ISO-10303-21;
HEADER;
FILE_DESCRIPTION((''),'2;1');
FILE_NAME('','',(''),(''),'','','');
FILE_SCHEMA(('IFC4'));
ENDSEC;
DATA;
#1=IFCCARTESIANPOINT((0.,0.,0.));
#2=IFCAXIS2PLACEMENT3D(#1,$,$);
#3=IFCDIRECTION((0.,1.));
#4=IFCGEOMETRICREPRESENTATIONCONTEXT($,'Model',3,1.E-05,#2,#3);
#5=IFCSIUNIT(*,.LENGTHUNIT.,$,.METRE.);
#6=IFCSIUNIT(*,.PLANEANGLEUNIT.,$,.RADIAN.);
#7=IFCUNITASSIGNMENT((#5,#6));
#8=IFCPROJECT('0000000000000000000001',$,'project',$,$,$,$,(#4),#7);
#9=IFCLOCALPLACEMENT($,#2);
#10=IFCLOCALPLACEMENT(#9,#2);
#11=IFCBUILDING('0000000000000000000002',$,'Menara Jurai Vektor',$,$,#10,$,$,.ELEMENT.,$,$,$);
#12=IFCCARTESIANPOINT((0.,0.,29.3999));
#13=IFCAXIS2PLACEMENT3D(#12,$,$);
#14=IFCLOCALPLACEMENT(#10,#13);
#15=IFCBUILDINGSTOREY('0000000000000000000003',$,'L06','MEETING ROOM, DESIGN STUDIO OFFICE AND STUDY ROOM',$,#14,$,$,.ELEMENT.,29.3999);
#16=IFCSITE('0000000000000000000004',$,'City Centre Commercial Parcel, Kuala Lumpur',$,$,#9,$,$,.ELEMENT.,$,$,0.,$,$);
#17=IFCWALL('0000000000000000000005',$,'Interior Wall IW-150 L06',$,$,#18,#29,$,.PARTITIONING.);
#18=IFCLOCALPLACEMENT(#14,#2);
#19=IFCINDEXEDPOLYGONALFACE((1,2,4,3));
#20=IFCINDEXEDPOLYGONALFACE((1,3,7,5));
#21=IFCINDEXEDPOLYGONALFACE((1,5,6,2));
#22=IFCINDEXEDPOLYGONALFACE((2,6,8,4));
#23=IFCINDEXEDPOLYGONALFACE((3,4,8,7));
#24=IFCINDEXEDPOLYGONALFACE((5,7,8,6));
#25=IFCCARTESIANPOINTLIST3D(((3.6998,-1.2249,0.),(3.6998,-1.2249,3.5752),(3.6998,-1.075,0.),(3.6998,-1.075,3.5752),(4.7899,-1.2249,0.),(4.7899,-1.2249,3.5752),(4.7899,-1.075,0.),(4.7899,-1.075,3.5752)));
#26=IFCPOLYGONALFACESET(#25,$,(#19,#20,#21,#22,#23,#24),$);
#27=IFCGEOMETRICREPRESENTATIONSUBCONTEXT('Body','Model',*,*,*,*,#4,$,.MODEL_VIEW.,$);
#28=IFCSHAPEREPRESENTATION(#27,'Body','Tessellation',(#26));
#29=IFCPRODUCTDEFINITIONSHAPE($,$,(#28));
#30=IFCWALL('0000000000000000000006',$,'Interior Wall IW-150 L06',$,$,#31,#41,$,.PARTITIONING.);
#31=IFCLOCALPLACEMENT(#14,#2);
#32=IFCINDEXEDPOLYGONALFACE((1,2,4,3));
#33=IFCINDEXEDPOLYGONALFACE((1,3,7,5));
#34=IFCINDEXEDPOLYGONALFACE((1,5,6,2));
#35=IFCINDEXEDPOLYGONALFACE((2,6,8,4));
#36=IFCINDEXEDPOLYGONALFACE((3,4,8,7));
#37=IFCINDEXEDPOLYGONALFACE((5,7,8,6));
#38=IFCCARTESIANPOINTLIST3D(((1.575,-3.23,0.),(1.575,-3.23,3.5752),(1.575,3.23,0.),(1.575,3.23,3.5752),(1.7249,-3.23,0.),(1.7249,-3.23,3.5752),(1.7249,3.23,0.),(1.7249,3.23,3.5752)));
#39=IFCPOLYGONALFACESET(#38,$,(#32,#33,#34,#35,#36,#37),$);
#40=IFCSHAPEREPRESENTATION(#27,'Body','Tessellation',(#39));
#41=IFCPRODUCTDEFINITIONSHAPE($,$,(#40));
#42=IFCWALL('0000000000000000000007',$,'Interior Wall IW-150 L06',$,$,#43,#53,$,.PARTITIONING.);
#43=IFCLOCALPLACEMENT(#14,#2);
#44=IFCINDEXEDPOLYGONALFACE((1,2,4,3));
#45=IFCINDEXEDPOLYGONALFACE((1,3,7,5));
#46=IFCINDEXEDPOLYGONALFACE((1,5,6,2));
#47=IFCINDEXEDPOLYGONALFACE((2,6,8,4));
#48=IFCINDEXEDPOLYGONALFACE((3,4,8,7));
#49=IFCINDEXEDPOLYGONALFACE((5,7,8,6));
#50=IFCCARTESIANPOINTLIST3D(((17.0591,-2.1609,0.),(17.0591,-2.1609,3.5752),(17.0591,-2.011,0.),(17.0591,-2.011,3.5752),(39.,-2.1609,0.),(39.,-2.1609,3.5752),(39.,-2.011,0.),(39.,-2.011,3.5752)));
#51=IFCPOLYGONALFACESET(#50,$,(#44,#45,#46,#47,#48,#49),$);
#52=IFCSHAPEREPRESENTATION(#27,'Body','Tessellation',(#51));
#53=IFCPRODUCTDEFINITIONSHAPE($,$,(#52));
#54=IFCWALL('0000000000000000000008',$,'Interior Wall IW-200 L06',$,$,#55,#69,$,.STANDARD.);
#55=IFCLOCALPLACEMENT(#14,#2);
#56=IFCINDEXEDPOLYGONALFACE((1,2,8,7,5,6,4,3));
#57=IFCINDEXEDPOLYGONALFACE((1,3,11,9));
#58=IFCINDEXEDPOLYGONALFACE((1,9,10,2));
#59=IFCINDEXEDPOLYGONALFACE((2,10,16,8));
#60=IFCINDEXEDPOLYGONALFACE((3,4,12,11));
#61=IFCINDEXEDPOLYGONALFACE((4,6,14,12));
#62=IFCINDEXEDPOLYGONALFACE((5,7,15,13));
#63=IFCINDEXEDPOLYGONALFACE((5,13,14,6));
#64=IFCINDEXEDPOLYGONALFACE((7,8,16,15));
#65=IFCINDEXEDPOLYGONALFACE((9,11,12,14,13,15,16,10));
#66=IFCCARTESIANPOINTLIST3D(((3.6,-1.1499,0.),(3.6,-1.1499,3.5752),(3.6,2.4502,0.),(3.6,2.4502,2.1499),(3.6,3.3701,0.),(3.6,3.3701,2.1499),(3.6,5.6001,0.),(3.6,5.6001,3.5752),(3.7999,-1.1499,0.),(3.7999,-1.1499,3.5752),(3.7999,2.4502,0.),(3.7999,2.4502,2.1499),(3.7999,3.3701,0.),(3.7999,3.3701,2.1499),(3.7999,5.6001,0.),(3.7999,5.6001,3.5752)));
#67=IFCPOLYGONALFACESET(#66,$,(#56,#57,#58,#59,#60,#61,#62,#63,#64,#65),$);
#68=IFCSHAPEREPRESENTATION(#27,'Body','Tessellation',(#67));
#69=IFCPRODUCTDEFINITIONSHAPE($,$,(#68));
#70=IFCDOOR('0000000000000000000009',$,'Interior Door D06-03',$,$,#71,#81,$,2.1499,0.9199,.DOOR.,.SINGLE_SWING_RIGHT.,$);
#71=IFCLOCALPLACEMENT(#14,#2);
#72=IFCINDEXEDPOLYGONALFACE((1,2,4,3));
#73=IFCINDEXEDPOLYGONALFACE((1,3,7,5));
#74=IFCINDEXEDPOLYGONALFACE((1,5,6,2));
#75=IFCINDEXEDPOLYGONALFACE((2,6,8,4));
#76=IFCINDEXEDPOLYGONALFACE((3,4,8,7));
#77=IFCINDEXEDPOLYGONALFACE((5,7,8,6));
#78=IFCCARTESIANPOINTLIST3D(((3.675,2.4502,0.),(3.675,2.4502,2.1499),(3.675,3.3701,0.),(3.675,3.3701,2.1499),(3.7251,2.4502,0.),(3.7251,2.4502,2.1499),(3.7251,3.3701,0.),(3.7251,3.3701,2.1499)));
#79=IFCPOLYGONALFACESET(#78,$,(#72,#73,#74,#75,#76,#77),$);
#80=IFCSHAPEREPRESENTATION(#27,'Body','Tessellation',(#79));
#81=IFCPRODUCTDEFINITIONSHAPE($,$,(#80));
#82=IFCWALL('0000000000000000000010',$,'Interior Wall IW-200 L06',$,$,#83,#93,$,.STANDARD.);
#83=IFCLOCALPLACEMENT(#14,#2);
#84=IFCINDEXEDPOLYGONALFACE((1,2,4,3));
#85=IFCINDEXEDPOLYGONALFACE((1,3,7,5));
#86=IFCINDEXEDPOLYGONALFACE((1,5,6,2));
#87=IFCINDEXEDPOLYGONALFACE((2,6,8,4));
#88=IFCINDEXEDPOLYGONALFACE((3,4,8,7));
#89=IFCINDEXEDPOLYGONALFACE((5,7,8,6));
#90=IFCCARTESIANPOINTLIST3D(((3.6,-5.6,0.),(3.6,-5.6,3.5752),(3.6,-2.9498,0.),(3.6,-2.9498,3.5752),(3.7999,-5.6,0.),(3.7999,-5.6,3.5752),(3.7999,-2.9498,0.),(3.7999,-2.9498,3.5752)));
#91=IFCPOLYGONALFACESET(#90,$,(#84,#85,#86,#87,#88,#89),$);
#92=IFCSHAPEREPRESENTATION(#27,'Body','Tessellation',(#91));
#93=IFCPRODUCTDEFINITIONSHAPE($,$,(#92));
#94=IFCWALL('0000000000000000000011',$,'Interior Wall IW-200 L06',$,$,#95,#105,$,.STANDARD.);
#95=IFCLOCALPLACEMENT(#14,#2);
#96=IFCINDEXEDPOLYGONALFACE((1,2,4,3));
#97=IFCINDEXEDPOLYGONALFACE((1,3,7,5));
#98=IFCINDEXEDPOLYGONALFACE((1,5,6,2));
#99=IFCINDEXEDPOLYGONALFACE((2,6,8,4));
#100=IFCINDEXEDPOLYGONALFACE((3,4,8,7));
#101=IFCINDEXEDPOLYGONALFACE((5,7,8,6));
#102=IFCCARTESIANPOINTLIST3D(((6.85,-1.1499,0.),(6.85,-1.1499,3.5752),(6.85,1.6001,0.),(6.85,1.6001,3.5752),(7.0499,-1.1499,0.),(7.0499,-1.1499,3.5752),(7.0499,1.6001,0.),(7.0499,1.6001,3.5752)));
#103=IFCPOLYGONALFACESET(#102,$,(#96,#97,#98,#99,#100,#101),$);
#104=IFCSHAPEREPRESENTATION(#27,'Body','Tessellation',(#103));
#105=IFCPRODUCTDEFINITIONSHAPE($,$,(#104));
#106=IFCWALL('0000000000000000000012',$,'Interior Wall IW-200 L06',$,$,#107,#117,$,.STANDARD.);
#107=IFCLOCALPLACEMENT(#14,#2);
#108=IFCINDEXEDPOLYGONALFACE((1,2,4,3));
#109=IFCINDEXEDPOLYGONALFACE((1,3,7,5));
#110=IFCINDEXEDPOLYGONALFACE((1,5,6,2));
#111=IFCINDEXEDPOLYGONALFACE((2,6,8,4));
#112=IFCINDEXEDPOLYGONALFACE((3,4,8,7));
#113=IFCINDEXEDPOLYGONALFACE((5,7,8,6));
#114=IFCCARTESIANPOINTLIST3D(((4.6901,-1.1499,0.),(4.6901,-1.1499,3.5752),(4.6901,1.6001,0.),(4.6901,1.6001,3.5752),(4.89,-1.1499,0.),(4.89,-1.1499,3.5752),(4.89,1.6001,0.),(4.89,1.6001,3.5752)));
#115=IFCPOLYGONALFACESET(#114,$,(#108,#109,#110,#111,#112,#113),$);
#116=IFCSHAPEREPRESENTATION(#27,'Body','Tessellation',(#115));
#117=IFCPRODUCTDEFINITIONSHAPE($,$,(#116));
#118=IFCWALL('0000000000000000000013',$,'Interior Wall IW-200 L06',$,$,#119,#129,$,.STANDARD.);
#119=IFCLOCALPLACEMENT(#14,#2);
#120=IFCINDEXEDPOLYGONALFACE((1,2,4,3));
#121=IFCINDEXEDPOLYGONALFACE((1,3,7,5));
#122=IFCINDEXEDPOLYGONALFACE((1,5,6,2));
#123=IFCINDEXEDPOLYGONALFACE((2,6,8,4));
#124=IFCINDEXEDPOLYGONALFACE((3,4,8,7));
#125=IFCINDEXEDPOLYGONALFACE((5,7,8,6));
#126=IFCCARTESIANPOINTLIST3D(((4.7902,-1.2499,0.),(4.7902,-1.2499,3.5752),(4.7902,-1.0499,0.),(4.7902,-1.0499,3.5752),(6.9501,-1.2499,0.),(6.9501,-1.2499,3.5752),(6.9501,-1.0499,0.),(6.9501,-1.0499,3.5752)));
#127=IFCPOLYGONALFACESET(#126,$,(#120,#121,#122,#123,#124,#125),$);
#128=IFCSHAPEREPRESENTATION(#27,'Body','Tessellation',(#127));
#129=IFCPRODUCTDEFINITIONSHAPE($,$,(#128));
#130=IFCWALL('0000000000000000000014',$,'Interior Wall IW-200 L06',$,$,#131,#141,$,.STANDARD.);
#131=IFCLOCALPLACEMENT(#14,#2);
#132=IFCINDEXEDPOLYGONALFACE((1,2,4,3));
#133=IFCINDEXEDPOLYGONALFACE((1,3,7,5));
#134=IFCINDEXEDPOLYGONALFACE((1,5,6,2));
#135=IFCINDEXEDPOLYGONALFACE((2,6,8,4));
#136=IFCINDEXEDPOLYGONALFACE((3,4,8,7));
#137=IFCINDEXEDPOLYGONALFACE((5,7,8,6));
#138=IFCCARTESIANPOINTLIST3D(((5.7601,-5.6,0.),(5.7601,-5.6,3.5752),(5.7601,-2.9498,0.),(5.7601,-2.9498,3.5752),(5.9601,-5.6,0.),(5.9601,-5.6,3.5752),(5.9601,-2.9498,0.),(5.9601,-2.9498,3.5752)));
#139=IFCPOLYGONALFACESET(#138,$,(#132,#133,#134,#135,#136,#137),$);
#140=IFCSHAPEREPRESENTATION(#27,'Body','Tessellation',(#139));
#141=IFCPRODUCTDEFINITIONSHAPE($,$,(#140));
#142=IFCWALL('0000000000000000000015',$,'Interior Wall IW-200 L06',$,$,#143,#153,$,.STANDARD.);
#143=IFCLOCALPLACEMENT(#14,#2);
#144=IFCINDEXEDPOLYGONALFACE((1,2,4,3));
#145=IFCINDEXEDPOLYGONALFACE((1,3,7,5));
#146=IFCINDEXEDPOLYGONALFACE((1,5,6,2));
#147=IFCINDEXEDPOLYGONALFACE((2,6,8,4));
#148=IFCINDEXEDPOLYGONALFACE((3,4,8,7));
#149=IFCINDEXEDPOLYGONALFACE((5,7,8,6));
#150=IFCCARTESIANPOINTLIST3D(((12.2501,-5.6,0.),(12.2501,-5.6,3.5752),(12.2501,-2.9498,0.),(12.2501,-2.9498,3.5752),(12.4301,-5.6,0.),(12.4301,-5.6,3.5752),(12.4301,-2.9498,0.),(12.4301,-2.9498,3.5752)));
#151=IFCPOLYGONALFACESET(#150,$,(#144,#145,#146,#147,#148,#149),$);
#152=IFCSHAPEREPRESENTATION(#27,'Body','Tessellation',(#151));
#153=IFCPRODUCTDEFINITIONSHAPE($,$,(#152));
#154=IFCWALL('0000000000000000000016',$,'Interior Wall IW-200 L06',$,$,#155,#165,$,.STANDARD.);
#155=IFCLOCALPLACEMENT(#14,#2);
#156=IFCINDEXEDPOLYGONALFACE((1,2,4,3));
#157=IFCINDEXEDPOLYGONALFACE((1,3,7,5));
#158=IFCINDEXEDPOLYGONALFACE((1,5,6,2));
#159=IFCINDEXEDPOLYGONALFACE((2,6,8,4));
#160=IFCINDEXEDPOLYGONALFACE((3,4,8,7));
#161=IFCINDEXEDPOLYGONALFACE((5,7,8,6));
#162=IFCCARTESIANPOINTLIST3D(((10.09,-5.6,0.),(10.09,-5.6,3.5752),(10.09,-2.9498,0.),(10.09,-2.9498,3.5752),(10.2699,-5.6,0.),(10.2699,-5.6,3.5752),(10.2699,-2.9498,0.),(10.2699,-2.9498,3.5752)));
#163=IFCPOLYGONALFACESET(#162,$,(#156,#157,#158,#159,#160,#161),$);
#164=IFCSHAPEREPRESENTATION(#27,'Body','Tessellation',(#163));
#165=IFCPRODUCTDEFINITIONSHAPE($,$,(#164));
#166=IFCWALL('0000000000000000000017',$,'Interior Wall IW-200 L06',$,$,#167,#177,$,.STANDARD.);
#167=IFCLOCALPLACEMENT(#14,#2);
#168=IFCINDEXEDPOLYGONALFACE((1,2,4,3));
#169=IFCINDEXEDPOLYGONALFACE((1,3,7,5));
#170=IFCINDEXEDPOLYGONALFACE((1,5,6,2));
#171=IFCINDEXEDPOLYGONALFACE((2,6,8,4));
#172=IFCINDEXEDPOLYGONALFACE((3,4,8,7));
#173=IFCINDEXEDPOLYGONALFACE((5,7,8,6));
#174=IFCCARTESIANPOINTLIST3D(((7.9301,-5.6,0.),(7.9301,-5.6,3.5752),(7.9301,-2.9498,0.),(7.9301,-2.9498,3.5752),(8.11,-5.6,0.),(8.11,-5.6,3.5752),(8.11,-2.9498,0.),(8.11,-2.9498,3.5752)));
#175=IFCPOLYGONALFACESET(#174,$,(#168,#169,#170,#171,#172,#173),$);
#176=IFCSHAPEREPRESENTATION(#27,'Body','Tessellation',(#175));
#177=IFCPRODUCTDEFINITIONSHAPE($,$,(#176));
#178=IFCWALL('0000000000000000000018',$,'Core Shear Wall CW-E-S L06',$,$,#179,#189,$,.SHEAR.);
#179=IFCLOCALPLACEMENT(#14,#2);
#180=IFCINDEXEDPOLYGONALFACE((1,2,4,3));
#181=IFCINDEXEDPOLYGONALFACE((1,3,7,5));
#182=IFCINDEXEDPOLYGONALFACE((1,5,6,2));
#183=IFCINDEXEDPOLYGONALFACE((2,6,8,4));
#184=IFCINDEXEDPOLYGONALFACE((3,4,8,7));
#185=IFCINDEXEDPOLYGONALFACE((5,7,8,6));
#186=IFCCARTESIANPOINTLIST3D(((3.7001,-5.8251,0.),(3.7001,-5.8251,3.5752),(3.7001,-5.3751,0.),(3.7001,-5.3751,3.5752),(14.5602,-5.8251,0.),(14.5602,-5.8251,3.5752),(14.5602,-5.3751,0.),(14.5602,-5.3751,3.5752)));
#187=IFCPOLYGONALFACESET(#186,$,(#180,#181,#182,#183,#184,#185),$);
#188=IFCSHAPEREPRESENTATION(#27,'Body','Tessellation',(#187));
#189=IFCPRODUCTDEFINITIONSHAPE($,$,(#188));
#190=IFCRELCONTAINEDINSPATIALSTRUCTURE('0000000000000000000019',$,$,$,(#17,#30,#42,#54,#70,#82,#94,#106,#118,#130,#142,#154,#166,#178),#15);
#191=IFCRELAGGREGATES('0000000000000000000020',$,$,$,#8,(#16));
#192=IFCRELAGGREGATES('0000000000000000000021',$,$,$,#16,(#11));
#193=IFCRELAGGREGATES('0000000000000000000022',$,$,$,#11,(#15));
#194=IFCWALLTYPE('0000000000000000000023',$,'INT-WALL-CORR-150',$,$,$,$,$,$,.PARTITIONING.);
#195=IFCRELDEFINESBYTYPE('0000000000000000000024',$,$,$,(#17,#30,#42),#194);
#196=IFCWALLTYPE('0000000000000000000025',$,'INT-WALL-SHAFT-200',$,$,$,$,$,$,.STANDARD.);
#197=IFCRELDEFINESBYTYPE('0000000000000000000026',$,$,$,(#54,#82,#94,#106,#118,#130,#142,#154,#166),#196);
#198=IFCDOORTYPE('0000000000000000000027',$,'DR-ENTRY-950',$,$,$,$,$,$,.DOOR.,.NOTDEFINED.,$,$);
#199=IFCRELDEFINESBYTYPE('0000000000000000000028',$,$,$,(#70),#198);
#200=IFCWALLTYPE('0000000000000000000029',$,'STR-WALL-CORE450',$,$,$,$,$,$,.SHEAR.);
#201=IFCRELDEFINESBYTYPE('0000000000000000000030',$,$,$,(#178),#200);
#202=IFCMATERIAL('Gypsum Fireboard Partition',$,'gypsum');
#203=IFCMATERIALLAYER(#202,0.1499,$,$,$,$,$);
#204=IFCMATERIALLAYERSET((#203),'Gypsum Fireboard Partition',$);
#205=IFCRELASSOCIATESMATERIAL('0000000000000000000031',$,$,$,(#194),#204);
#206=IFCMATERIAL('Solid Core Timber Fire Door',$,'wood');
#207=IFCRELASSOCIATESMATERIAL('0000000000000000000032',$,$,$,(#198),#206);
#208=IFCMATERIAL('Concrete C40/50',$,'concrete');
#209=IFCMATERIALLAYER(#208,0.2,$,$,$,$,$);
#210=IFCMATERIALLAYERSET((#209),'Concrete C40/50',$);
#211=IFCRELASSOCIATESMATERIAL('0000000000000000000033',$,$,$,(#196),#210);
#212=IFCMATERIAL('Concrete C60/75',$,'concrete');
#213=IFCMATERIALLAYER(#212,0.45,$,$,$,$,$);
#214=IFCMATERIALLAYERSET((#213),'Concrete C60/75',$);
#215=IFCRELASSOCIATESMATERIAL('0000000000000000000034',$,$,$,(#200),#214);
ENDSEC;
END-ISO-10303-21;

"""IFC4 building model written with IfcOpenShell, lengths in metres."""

from ifc_helpers import new_model, si_unit, direction, frame, frame_2d, origin, place, context, subcontext, project, spatial, rectangle, extrude, material, layer, layer_set, type_object, element, fill, save


model = new_model("IFC4")

# Units and contexts
model_context = context("Model", 3, precision=1e-05, world=origin(), true_north=direction((0.0, 1.0)))
body_context = subcontext(model_context, "Body", "Model", "MODEL_VIEW")
ifc_project = project(units=[si_unit("LENGTHUNIT", "METRE"), si_unit("PLANEANGLEUNIT", "RADIAN")], contexts=[model_context])

# Site, building, storey
site_placement = place(None, origin())
site = spatial("IfcSite", under=ifc_project, at=site_placement, Name="City Centre Commercial Parcel, Kuala Lumpur", CompositionType="ELEMENT", RefElevation=0.0)
building_placement = place(site_placement, origin())
building = spatial("IfcBuilding", under=site, at=building_placement, Name="Menara Jurai Vektor", CompositionType="ELEMENT")
storey_placement = place(building_placement, frame((0.0, 0.0, 29.3999)))
storey = spatial("IfcBuildingStorey", under=building, at=storey_placement, Name="L06", Description="MEETING ROOM, DESIGN STUDIO OFFICE AND STUDY ROOM", CompositionType="ELEMENT", Elevation=29.3999)

# Shared definitions
ifc_material_1 = material(Name="Concrete C60/75", Category="concrete")

# Shared definitions
ifc_material_2 = material(Name="Concrete C40/50", Category="concrete")

# Shared definitions
ifc_material_3 = material(Name="Gypsum Fireboard Partition", Category="gypsum")
ifc_layer_1 = layer(ifc_material_3, 0.1499)
ifc_layer_set_1 = layer_set([ifc_layer_1], Name="Gypsum Fireboard Partition")
wall_type_1 = type_object("IfcWallType", Name="INT-WALL-CORR-150", PredefinedType="PARTITIONING", material=ifc_layer_set_1)

# Walls
wall_1_placement = place(storey_placement, frame((3.7, -1.1499, 0.0), z_axis=(0.0, 0.0, 1.0), x_axis=(1.0, 0.0, 0.0)))
element("IfcWall", 1, at=wall_1_placement, inside=storey, type_object=wall_type_1, Name="Interior Wall IW-150 L06", PredefinedType="PARTITIONING", context=body_context, shape_type="SweptSolid", body=[
    extrude(rectangle(XDim=1.0901, YDim=0.1499, at=frame_2d((0.5449, 0.0))), origin(), (0.0, 0.0, 1.0), 3.5752),
])
wall_2_placement = place(storey_placement, frame((1.6499, -3.23, 0.0), z_axis=(0.0, 0.0, 1.0), x_axis=(0.0, 1.0, 0.0)))
element("IfcWall", 2, at=wall_2_placement, inside=storey, type_object=wall_type_1, Name="Interior Wall IW-150 L06", PredefinedType="PARTITIONING", context=body_context, shape_type="SweptSolid", body=[
    extrude(rectangle(XDim=6.46, YDim=0.1499, at=frame_2d((3.23, 0.0))), origin(), (0.0, 0.0, 1.0), 3.5752),
])

# Shared definitions
ifc_material_4 = material(Name="Solid Core Timber Fire Door", Category="wood")
door_type_1 = type_object("IfcDoorType", Name="DR-ENTRY-950", OperationType="NOTDEFINED", PredefinedType="DOOR", material=ifc_material_4)

# Wall
wall_3_placement = place(storey_placement, frame((17.0591, -2.0859, 0.0), z_axis=(0.0, 0.0, 1.0), x_axis=(1.0, 0.0, 0.0)))
element("IfcWall", 3, at=wall_3_placement, inside=storey, type_object=wall_type_1, Name="Interior Wall IW-150 L06", PredefinedType="PARTITIONING", context=body_context, shape_type="SweptSolid", body=[
    extrude(rectangle(XDim=21.9409, YDim=0.1499, at=frame_2d((10.9705, 0.0))), origin(), (0.0, 0.0, 1.0), 3.5752),
])

# Wall, opening, door
ifc_layer_2 = layer(ifc_material_2, 0.2)
ifc_layer_set_2 = layer_set([ifc_layer_2], Name="Concrete C40/50")
wall_type_2 = type_object("IfcWallType", Name="INT-WALL-SHAFT-200", PredefinedType="STANDARD", material=ifc_layer_set_2)
wall_4_placement = place(storey_placement, frame((3.7, -1.1499, 0.0), z_axis=(0.0, 0.0, 1.0), x_axis=(0.0, 1.0, 0.0)))
wall_4 = element("IfcWall", 4, at=wall_4_placement, inside=storey, type_object=wall_type_2, Name="Interior Wall IW-200 L06", PredefinedType="STANDARD", context=body_context, shape_type="SweptSolid", body=[
    extrude(rectangle(XDim=6.75, YDim=0.2, at=frame_2d((3.375, 0.0))), origin(), (0.0, 0.0, 1.0), 3.5752),
])
opening_1_placement = place(wall_4_placement, frame((3.6001, 0.0, 0.0)))
opening_1 = element("IfcOpeningElement", 5, at=opening_1_placement, cuts=wall_4, PredefinedType="OPENING", context=body_context, shape_type="SweptSolid", body=[
    extrude(rectangle(XDim=0.9199, YDim=2.1499, at=frame_2d((0.46, 1.075))), frame((0.0, 0.1099, 0.0), z_axis=(0.0, -1.0, 0.0), x_axis=(1.0, 0.0, 0.0)), (0.0, 0.0, 1.0), 0.22),
])
door_1_placement = place(opening_1_placement, origin())
door_1 = element("IfcDoor", 6, at=door_1_placement, inside=storey, type_object=door_type_1, Name="Interior Door D06-03", OperationType="SINGLE_SWING_RIGHT", OverallHeight=2.1499, OverallWidth=0.9199, PredefinedType="DOOR", context=body_context, shape_type="SweptSolid", body=[
    extrude(rectangle(XDim=0.9199, YDim=2.1499, at=frame_2d((0.46, 1.075))), frame((0.0, 0.0249, 0.0), z_axis=(0.0, -1.0, 0.0), x_axis=(1.0, 0.0, 0.0)), (0.0, 0.0, 1.0), 0.05),
])
fill(opening_1, door_1)

# Walls
wall_5_placement = place(storey_placement, frame((3.7, -5.6001, 0.0), z_axis=(0.0, 0.0, 1.0), x_axis=(0.0, 1.0, 0.0)))
element("IfcWall", 7, at=wall_5_placement, inside=storey, type_object=wall_type_2, Name="Interior Wall IW-200 L06", PredefinedType="STANDARD", context=body_context, shape_type="SweptSolid", body=[
    extrude(rectangle(XDim=2.6501, YDim=0.2, at=frame_2d((1.3252, 0.0))), origin(), (0.0, 0.0, 1.0), 3.5752),
])
wall_6_placement = place(storey_placement, frame((6.95, -1.1499, 0.0), z_axis=(0.0, 0.0, 1.0), x_axis=(0.0, 1.0, 0.0)))
element("IfcWall", 8, at=wall_6_placement, inside=storey, type_object=wall_type_2, Name="Interior Wall IW-200 L06", PredefinedType="STANDARD", context=body_context, shape_type="SweptSolid", body=[
    extrude(rectangle(XDim=2.75, YDim=0.2, at=frame_2d((1.375, 0.0))), origin(), (0.0, 0.0, 1.0), 3.5752),
])

# Walls
wall_7_placement = place(storey_placement, frame((4.79, -1.1499, 0.0), z_axis=(0.0, 0.0, 1.0), x_axis=(0.0, 1.0, 0.0)))
element("IfcWall", 9, at=wall_7_placement, inside=storey, type_object=wall_type_2, Name="Interior Wall IW-200 L06", PredefinedType="STANDARD", context=body_context, shape_type="SweptSolid", body=[
    extrude(rectangle(XDim=2.75, YDim=0.2, at=frame_2d((1.375, 0.0))), origin(), (0.0, 0.0, 1.0), 3.5752),
])
wall_8_placement = place(storey_placement, frame((4.79, -1.1499, 0.0), z_axis=(0.0, 0.0, 1.0), x_axis=(1.0, 0.0, 0.0)))
element("IfcWall", 10, at=wall_8_placement, inside=storey, type_object=wall_type_2, Name="Interior Wall IW-200 L06", PredefinedType="STANDARD", context=body_context, shape_type="SweptSolid", body=[
    extrude(rectangle(XDim=2.1599, YDim=0.2, at=frame_2d((1.0801, 0.0))), origin(), (0.0, 0.0, 1.0), 3.5752),
])

# Walls
wall_9_placement = place(storey_placement, frame((5.8601, -5.6001, 0.0), z_axis=(0.0, 0.0, 1.0), x_axis=(0.0, 1.0, 0.0)))
element("IfcWall", 11, at=wall_9_placement, inside=storey, type_object=wall_type_2, Name="Interior Wall IW-200 L06", PredefinedType="STANDARD", context=body_context, shape_type="SweptSolid", body=[
    extrude(rectangle(XDim=2.6501, YDim=0.2, at=frame_2d((1.3252, 0.0))), origin(), (0.0, 0.0, 1.0), 3.5752),
])
for number, where, z_axis, x_axis, name in (
    (12, (12.3401, -5.6001, 0.0), (0.0, 0.0, 1.0), (0.0, 1.0, 0.0), "Interior Wall IW-200 L06"),
    (13, (10.1799, -5.6001, 0.0), (0.0, 0.0, 1.0), (0.0, 1.0, 0.0), "Interior Wall IW-200 L06"),
    (14, (8.02, -5.6001, 0.0), (0.0, 0.0, 1.0), (0.0, 1.0, 0.0), "Interior Wall IW-200 L06"),
):
    element("IfcWall", number, at=place(storey_placement, frame(where, z_axis=z_axis, x_axis=x_axis)), inside=storey, type_object=wall_type_2, Name=name, PredefinedType="STANDARD", context=body_context, shape_type="SweptSolid", body=[
        extrude(rectangle(XDim=2.6501, YDim=0.1799, at=frame_2d((1.3252, 0.0))), origin(), (0.0, 0.0, 1.0), 3.5752),
    ])
ifc_layer_3 = layer(ifc_material_1, 0.45)
ifc_layer_set_3 = layer_set([ifc_layer_3], Name="Concrete C60/75")
wall_type_3 = type_object("IfcWallType", Name="STR-WALL-CORE450", PredefinedType="SHEAR", material=ifc_layer_set_3)
wall_10_placement = place(storey_placement, frame((3.7, -5.6001, 0.0), z_axis=(0.0, 0.0, 1.0), x_axis=(1.0, 0.0, 0.0)))
element("IfcWall", 15, at=wall_10_placement, inside=storey, type_object=wall_type_3, Name="Core Shear Wall CW-E-S L06", PredefinedType="SHEAR", context=body_context, shape_type="SweptSolid", body=[
    extrude(rectangle(XDim=10.8601, YDim=0.45, at=frame_2d((5.4302, 0.0))), origin(), (0.0, 0.0, 1.0), 3.5752),
])

save(model, "model.ifc")
